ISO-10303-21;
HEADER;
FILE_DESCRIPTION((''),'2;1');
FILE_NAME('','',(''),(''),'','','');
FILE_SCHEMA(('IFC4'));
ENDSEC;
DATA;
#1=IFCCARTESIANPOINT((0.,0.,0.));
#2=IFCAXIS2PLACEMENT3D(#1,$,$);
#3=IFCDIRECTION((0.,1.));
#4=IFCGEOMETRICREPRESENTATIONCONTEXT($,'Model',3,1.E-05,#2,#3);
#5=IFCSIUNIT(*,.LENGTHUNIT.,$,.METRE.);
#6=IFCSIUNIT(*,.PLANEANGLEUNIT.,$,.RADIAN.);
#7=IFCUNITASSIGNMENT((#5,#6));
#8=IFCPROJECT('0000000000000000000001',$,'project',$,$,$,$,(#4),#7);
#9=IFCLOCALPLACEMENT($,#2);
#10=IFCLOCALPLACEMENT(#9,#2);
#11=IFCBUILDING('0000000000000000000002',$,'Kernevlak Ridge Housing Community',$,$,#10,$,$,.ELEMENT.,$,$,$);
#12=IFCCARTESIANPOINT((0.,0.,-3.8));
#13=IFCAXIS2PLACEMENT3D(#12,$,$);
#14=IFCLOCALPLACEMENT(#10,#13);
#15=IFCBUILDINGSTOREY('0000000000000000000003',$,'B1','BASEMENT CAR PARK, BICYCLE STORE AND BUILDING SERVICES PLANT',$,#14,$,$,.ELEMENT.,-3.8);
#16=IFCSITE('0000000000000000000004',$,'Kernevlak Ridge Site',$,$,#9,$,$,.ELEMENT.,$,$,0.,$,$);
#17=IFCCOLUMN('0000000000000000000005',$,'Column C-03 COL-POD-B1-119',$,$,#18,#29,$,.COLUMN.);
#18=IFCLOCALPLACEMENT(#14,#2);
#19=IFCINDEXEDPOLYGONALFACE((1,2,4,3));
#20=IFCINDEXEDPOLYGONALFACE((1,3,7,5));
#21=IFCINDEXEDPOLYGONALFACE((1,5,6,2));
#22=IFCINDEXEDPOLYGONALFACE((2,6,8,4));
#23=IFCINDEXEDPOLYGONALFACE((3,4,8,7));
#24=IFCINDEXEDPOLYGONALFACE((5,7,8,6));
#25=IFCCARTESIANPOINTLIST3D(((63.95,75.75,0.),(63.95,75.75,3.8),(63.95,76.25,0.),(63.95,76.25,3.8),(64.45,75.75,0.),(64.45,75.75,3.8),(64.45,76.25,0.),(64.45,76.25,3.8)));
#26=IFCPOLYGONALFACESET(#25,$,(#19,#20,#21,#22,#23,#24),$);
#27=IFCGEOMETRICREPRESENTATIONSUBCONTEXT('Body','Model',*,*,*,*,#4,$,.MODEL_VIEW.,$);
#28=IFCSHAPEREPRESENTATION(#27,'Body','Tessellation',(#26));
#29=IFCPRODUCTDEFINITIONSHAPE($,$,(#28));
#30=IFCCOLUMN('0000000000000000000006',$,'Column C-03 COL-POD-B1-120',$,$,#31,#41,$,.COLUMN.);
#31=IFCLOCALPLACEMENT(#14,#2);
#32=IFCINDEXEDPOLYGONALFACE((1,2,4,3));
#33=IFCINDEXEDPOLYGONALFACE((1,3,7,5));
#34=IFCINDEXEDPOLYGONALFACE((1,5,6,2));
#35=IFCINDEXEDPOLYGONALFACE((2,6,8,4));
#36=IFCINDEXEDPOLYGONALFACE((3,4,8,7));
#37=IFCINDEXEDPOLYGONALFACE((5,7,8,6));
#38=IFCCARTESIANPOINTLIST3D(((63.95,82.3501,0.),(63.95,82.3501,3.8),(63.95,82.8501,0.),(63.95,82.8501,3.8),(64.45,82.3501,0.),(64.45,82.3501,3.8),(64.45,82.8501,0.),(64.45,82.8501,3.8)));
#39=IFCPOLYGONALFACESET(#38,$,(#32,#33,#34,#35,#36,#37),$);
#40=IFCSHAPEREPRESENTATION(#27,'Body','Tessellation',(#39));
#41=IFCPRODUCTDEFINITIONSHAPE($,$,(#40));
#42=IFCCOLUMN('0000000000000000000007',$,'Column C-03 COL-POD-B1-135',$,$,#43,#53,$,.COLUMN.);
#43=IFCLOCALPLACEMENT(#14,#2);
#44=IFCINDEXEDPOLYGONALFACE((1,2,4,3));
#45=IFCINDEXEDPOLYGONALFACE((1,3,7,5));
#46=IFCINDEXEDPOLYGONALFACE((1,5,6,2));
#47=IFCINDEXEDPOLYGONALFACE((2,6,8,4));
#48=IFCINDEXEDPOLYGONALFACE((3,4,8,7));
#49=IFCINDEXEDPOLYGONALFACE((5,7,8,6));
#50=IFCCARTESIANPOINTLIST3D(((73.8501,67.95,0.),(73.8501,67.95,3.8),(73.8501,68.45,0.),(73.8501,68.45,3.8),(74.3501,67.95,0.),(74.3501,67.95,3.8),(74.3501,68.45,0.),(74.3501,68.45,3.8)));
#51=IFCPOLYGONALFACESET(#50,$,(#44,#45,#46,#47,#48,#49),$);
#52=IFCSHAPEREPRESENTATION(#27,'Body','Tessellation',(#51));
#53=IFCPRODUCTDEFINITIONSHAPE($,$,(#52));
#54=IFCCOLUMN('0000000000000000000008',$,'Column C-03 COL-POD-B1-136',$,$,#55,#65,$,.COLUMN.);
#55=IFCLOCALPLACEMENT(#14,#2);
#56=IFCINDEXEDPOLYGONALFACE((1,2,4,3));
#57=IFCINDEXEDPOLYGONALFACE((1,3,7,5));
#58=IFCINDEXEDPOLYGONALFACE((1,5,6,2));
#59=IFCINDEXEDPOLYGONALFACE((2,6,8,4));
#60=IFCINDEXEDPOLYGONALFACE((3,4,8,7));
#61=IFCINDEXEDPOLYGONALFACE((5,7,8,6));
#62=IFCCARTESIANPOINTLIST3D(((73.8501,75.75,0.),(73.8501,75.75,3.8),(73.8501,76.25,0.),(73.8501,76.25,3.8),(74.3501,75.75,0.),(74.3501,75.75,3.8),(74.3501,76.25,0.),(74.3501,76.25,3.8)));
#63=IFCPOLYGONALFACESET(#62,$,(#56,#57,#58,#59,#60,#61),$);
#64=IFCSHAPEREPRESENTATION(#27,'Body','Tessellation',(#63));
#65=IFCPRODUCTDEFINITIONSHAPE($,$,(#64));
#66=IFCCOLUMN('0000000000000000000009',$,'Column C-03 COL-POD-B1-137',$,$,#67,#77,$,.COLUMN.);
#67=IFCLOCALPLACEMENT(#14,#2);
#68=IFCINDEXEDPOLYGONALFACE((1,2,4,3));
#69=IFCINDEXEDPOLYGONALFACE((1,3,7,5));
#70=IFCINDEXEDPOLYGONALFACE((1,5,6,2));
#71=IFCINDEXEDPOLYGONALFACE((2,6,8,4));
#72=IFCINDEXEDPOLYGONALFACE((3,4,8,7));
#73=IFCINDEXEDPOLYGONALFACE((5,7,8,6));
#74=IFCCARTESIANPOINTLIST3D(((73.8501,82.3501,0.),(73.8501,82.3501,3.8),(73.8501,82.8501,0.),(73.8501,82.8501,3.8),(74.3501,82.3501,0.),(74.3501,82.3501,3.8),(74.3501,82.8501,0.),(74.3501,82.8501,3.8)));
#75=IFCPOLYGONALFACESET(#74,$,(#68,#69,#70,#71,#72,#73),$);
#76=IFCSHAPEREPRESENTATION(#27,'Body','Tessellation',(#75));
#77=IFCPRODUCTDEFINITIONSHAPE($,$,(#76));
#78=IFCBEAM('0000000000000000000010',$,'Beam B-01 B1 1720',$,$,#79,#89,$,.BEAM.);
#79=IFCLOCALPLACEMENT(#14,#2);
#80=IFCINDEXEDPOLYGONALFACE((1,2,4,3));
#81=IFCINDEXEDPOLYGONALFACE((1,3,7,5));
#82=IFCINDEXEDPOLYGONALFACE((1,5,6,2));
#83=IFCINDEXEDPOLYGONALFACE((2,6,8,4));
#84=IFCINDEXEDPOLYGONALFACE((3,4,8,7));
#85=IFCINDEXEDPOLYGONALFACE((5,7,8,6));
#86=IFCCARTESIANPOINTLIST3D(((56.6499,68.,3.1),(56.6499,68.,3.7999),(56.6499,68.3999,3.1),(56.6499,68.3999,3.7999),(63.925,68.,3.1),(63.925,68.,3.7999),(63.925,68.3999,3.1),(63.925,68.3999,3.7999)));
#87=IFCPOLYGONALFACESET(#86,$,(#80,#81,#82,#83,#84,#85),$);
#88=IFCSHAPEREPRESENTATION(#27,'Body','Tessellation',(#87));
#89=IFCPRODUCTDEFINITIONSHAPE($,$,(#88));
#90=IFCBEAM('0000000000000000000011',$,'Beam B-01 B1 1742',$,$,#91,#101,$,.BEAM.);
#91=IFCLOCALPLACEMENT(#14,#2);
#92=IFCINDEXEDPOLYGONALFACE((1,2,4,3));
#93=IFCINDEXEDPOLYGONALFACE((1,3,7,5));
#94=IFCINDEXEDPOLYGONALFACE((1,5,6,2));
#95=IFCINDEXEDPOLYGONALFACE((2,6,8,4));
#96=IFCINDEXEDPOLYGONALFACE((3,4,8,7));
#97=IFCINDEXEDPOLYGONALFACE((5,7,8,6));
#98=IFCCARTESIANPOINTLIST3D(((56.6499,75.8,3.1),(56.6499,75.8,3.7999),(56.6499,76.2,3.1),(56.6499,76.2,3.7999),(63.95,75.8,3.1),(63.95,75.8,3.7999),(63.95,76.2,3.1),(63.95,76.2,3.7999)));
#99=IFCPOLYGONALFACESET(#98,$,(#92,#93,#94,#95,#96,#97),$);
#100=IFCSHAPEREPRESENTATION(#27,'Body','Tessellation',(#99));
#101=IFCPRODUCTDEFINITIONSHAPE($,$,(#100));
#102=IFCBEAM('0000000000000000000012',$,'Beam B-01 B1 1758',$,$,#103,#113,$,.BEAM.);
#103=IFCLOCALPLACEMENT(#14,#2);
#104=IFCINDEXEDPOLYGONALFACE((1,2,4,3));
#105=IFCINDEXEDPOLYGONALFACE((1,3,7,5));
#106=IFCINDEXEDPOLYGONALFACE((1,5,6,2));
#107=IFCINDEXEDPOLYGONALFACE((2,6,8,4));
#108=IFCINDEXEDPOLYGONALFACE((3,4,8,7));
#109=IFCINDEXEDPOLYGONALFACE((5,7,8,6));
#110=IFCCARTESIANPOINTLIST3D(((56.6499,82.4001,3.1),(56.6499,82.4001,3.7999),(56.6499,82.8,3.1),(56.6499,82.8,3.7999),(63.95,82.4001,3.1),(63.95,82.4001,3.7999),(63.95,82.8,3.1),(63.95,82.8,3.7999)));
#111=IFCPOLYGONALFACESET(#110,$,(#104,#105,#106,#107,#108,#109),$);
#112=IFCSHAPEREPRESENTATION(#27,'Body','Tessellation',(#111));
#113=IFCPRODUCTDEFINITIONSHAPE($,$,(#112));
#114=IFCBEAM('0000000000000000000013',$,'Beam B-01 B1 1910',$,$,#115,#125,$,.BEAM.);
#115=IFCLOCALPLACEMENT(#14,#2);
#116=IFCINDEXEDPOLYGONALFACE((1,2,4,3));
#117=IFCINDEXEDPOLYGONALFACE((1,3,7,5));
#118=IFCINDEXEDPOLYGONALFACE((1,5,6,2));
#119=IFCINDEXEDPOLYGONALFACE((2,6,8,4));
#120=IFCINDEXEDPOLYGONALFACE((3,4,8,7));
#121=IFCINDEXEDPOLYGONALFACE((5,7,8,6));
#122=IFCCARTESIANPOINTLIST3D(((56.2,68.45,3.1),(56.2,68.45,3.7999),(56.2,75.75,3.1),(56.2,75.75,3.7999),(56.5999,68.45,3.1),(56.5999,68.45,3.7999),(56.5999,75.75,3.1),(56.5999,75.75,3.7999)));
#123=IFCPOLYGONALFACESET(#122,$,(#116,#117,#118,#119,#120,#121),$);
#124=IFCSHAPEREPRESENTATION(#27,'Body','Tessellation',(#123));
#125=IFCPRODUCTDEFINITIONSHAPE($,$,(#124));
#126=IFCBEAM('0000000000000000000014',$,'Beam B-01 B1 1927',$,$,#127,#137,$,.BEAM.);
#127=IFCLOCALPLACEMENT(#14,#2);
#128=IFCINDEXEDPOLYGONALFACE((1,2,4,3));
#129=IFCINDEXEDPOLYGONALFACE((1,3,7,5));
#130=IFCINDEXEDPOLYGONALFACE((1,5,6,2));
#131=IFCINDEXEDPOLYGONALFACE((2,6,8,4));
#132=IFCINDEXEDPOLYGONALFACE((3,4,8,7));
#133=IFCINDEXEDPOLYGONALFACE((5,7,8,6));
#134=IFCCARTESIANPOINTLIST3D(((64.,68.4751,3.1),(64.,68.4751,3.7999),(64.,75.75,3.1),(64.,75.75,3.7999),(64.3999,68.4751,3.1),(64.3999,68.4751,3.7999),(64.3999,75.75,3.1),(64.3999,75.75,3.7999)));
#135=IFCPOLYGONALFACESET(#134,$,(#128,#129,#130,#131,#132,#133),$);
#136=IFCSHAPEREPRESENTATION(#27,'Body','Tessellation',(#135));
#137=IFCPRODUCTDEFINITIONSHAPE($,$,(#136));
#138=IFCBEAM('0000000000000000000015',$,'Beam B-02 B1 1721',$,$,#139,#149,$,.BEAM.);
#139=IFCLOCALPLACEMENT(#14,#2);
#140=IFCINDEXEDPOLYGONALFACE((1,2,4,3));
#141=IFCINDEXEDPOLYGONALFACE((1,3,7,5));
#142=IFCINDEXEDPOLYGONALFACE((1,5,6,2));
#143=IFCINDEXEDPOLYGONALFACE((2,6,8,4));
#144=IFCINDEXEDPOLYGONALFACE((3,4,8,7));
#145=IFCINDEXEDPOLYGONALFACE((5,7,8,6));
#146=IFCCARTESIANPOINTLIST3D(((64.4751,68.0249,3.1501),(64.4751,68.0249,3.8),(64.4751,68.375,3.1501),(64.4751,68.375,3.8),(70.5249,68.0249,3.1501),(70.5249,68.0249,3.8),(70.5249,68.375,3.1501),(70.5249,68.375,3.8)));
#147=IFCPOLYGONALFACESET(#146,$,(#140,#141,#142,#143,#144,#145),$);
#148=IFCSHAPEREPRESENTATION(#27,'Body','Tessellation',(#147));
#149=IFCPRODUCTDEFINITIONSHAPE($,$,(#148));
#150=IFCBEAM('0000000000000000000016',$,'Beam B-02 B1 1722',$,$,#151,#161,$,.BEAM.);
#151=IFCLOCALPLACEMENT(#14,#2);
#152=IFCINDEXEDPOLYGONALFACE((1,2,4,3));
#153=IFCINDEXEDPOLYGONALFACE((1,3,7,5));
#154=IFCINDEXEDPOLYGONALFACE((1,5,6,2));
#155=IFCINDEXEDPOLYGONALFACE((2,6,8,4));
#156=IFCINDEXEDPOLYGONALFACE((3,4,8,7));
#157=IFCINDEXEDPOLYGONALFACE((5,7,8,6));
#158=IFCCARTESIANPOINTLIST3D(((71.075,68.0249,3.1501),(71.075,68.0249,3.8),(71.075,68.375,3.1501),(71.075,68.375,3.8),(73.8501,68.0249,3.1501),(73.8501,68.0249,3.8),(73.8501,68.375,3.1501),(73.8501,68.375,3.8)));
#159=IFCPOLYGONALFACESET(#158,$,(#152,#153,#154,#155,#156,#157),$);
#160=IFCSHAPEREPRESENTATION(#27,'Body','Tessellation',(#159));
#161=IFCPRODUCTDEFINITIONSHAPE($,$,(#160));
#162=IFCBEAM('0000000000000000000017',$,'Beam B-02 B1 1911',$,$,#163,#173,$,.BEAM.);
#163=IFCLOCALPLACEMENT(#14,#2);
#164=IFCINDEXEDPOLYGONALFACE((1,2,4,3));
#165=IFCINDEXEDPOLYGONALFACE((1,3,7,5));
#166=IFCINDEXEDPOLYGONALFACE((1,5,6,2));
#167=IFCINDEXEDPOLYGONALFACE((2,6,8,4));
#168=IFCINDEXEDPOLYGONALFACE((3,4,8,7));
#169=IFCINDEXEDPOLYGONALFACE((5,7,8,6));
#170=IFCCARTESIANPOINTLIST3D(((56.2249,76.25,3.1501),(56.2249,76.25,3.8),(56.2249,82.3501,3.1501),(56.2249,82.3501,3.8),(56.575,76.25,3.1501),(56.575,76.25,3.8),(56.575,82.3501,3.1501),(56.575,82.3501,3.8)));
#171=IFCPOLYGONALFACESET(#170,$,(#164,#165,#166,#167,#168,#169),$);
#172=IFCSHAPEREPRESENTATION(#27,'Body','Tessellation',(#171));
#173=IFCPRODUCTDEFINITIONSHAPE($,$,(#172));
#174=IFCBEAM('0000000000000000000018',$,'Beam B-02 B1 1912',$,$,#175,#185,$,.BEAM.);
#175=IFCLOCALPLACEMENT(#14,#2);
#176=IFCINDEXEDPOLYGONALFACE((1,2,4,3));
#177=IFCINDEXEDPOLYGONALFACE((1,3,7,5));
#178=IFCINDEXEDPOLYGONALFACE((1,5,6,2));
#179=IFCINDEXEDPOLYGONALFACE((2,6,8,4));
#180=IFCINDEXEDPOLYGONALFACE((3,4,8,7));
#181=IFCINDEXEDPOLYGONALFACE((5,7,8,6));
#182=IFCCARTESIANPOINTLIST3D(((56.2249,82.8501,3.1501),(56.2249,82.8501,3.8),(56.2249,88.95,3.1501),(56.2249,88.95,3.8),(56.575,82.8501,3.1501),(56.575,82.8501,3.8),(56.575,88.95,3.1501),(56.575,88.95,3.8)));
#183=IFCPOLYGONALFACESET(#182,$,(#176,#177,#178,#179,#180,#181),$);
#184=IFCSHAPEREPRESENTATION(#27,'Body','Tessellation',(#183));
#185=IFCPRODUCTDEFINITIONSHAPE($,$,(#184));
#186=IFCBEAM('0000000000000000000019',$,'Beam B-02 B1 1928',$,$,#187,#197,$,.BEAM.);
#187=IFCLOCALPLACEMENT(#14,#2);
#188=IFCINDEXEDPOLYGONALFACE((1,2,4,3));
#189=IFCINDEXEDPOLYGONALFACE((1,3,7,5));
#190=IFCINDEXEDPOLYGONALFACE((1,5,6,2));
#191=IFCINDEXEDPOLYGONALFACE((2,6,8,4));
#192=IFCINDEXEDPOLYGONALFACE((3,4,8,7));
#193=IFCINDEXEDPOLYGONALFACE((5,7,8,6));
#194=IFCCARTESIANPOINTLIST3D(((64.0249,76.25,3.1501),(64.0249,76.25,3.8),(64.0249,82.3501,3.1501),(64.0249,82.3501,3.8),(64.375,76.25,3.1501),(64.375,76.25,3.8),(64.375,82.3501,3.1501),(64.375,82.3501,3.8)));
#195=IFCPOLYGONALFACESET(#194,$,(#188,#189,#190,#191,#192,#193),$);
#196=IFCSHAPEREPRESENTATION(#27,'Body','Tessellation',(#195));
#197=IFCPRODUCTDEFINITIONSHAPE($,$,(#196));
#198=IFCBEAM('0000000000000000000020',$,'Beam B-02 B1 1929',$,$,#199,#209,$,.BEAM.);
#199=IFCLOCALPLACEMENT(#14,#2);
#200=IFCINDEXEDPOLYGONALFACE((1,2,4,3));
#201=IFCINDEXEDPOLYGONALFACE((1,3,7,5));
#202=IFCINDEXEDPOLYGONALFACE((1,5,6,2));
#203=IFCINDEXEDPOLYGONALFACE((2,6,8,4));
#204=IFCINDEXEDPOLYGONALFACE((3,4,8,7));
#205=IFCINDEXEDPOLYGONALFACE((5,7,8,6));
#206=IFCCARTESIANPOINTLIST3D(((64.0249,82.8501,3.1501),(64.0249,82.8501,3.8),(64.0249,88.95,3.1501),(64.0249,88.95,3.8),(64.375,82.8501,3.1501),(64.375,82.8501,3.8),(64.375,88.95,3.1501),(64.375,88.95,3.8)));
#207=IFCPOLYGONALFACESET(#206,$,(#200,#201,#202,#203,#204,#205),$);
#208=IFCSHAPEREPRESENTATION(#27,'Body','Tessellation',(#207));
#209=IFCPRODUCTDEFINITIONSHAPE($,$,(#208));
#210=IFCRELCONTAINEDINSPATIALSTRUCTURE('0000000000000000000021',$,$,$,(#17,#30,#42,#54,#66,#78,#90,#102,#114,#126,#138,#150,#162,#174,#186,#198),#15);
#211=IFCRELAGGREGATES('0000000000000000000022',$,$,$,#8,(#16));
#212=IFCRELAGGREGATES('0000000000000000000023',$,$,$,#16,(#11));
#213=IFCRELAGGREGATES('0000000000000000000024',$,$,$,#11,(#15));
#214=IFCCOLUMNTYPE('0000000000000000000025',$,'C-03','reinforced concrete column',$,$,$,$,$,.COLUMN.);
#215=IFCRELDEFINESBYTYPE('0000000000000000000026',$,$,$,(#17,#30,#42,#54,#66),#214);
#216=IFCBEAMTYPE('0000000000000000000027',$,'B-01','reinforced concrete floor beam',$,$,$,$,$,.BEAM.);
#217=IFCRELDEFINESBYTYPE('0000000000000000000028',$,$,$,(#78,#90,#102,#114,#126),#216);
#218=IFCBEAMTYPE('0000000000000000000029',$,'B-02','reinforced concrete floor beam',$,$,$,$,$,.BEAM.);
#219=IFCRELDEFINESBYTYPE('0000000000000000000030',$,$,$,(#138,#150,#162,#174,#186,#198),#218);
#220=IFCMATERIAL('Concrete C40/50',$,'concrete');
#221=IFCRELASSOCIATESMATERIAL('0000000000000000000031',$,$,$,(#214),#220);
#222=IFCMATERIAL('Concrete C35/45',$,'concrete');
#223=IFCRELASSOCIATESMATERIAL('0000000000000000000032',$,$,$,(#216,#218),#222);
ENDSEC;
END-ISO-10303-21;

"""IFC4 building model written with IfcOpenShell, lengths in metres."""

from ifc_helpers import new_model, si_unit, direction, frame, origin, origin_2d, place, context, subcontext, project, spatial, rectangle, extrude, material, material_profile, profile_set, type_object, element, save


model = new_model("IFC4")

# Units and contexts
model_context = context("Model", 3, precision=1e-05, world=origin(), true_north=direction((0.0, 1.0)))
body_context = subcontext(model_context, "Body", "Model", "MODEL_VIEW")
ifc_project = project(units=[si_unit("LENGTHUNIT", "METRE"), si_unit("PLANEANGLEUNIT", "RADIAN")], contexts=[model_context])

# Site, building, storey
site_placement = place(None, origin())
site = spatial("IfcSite", under=ifc_project, at=site_placement, Name="Kernevlak Ridge Site", CompositionType="ELEMENT", RefElevation=0.0)
building_placement = place(site_placement, origin())
building = spatial("IfcBuilding", under=site, at=building_placement, Name="Kernevlak Ridge Housing Community", CompositionType="ELEMENT")
storey_placement = place(building_placement, frame((0.0, 0.0, -3.8)))
storey = spatial("IfcBuildingStorey", under=building, at=storey_placement, Name="B1", Description="BASEMENT CAR PARK, BICYCLE STORE AND BUILDING SERVICES PLANT", CompositionType="ELEMENT", Elevation=-3.8)

# Shared definitions
ifc_material_1 = material(Name="Concrete C35/45", Category="concrete")

# Columns
ifc_material_2 = material(Name="Concrete C40/50", Category="concrete")
ifc_material_profile_1 = material_profile(ifc_material_2, rectangle(XDim=0.5, YDim=0.5, at=origin_2d()), Name="RC 500x500")
ifc_profile_set_1 = profile_set([ifc_material_profile_1], Name="Concrete C40/50")
column_type_1 = type_object("IfcColumnType", Name="C-03", Description="reinforced concrete column", PredefinedType="COLUMN", material=ifc_profile_set_1)
for number, where, z_axis, x_axis, name in (
    (1, (64.2, 76.0, 0.0), (0.0, 0.0, 1.0), (1.0, 0.0, 0.0), "Column C-03 COL-POD-B1-119"),
    (2, (64.2, 82.6001, 0.0), (0.0, 0.0, 1.0), (1.0, 0.0, 0.0), "Column C-03 COL-POD-B1-120"),
    (3, (74.1001, 68.2, 0.0), (0.0, 0.0, 1.0), (1.0, 0.0, 0.0), "Column C-03 COL-POD-B1-135"),
    (4, (74.1001, 76.0, 0.0), (0.0, 0.0, 1.0), (1.0, 0.0, 0.0), "Column C-03 COL-POD-B1-136"),
    (5, (74.1001, 82.6001, 0.0), (0.0, 0.0, 1.0), (1.0, 0.0, 0.0), "Column C-03 COL-POD-B1-137"),
):
    element("IfcColumn", number, at=place(storey_placement, frame(where, z_axis=z_axis, x_axis=x_axis)), inside=storey, type_object=column_type_1, Name=name, PredefinedType="COLUMN", context=body_context, shape_type="SweptSolid", body=[
        extrude(rectangle(XDim=0.5, YDim=0.5, at=origin_2d()), origin(), (0.0, 0.0, 1.0), 3.8),
    ])

# Beams
ifc_material_profile_2 = material_profile(ifc_material_1, rectangle(XDim=0.3999, YDim=0.7, at=origin_2d()), Name="RC 400x700")
ifc_profile_set_2 = profile_set([ifc_material_profile_2], Name="Concrete C35/45")
beam_type_1 = type_object("IfcBeamType", Name="B-01", Description="reinforced concrete floor beam", PredefinedType="BEAM", material=ifc_profile_set_2)
beam_1_placement = place(storey_placement, frame((56.6499, 68.2, 3.45), z_axis=(1.0, 0.0, 0.0), x_axis=(0.0, 1.0, 0.0)))
element("IfcBeam", 6, at=beam_1_placement, inside=storey, type_object=beam_type_1, Name="Beam B-01 B1 1720", PredefinedType="BEAM", context=body_context, shape_type="SweptSolid", body=[
    extrude(rectangle(XDim=0.3999, YDim=0.7, at=origin_2d()), origin(), (0.0, 0.0, 1.0), 7.2751),
])
for number, where, z_axis, x_axis, name in (
    (7, (56.6499, 76.0, 3.45), (1.0, 0.0, 0.0), (0.0, 1.0, 0.0), "Beam B-01 B1 1742"),
    (8, (56.6499, 82.6001, 3.45), (1.0, 0.0, 0.0), (0.0, 1.0, 0.0), "Beam B-01 B1 1758"),
    (9, (56.3999, 68.45, 3.45), (0.0, 1.0, 0.0), (-1.0, 0.0, 0.0), "Beam B-01 B1 1910"),
):
    element("IfcBeam", number, at=place(storey_placement, frame(where, z_axis=z_axis, x_axis=x_axis)), inside=storey, type_object=beam_type_1, Name=name, PredefinedType="BEAM", context=body_context, shape_type="SweptSolid", body=[
        extrude(rectangle(XDim=0.3999, YDim=0.7, at=origin_2d()), origin(), (0.0, 0.0, 1.0), 7.3),
    ])
beam_2_placement = place(storey_placement, frame((64.2, 68.4751, 3.45), z_axis=(0.0, 1.0, 0.0), x_axis=(-1.0, 0.0, 0.0)))
element("IfcBeam", 10, at=beam_2_placement, inside=storey, type_object=beam_type_1, Name="Beam B-01 B1 1927", PredefinedType="BEAM", context=body_context, shape_type="SweptSolid", body=[
    extrude(rectangle(XDim=0.3999, YDim=0.7, at=origin_2d()), origin(), (0.0, 0.0, 1.0), 7.2749),
])
ifc_material_profile_3 = material_profile(ifc_material_1, rectangle(XDim=0.3501, YDim=0.6499, at=origin_2d()), Name="RC 350x650")
ifc_profile_set_3 = profile_set([ifc_material_profile_3], Name="Concrete C35/45")
beam_type_2 = type_object("IfcBeamType", Name="B-02", Description="reinforced concrete floor beam", PredefinedType="BEAM", material=ifc_profile_set_3)
beam_3_placement = place(storey_placement, frame((64.4751, 68.2, 3.4751), z_axis=(1.0, 0.0, 0.0), x_axis=(0.0, 1.0, 0.0)))
element("IfcBeam", 11, at=beam_3_placement, inside=storey, type_object=beam_type_2, Name="Beam B-02 B1 1721", PredefinedType="BEAM", context=body_context, shape_type="SweptSolid", body=[
    extrude(rectangle(XDim=0.3501, YDim=0.6499, at=origin_2d()), origin(), (0.0, 0.0, 1.0), 6.0498),
])
beam_4_placement = place(storey_placement, frame((71.075, 68.2, 3.4751), z_axis=(1.0, 0.0, 0.0), x_axis=(0.0, 1.0, 0.0)))
element("IfcBeam", 12, at=beam_4_placement, inside=storey, type_object=beam_type_2, Name="Beam B-02 B1 1722", PredefinedType="BEAM", context=body_context, shape_type="SweptSolid", body=[
    extrude(rectangle(XDim=0.3501, YDim=0.6499, at=origin_2d()), origin(), (0.0, 0.0, 1.0), 2.7751),
])
beam_5_placement = place(storey_placement, frame((56.3999, 76.25, 3.4751), z_axis=(0.0, 1.0, 0.0), x_axis=(-1.0, 0.0, 0.0)))
element("IfcBeam", 13, at=beam_5_placement, inside=storey, type_object=beam_type_2, Name="Beam B-02 B1 1911", PredefinedType="BEAM", context=body_context, shape_type="SweptSolid", body=[
    extrude(rectangle(XDim=0.3501, YDim=0.6499, at=origin_2d()), origin(), (0.0, 0.0, 1.0), 6.1001),
])
beam_6_placement = place(storey_placement, frame((56.3999, 82.8501, 3.4751), z_axis=(0.0, 1.0, 0.0), x_axis=(-1.0, 0.0, 0.0)))
element("IfcBeam", 14, at=beam_6_placement, inside=storey, type_object=beam_type_2, Name="Beam B-02 B1 1912", PredefinedType="BEAM", context=body_context, shape_type="SweptSolid", body=[
    extrude(rectangle(XDim=0.3501, YDim=0.6499, at=origin_2d()), origin(), (0.0, 0.0, 1.0), 6.0999),
])
beam_7_placement = place(storey_placement, frame((64.2, 76.25, 3.4751), z_axis=(0.0, 1.0, 0.0), x_axis=(-1.0, 0.0, 0.0)))
element("IfcBeam", 15, at=beam_7_placement, inside=storey, type_object=beam_type_2, Name="Beam B-02 B1 1928", PredefinedType="BEAM", context=body_context, shape_type="SweptSolid", body=[
    extrude(rectangle(XDim=0.3501, YDim=0.6499, at=origin_2d()), origin(), (0.0, 0.0, 1.0), 6.1001),
])
beam_8_placement = place(storey_placement, frame((64.2, 82.8501, 3.4751), z_axis=(0.0, 1.0, 0.0), x_axis=(-1.0, 0.0, 0.0)))
element("IfcBeam", 16, at=beam_8_placement, inside=storey, type_object=beam_type_2, Name="Beam B-02 B1 1929", PredefinedType="BEAM", context=body_context, shape_type="SweptSolid", body=[
    extrude(rectangle(XDim=0.3501, YDim=0.6499, at=origin_2d()), origin(), (0.0, 0.0, 1.0), 6.0999),
])

save(model, "model.ifc")
